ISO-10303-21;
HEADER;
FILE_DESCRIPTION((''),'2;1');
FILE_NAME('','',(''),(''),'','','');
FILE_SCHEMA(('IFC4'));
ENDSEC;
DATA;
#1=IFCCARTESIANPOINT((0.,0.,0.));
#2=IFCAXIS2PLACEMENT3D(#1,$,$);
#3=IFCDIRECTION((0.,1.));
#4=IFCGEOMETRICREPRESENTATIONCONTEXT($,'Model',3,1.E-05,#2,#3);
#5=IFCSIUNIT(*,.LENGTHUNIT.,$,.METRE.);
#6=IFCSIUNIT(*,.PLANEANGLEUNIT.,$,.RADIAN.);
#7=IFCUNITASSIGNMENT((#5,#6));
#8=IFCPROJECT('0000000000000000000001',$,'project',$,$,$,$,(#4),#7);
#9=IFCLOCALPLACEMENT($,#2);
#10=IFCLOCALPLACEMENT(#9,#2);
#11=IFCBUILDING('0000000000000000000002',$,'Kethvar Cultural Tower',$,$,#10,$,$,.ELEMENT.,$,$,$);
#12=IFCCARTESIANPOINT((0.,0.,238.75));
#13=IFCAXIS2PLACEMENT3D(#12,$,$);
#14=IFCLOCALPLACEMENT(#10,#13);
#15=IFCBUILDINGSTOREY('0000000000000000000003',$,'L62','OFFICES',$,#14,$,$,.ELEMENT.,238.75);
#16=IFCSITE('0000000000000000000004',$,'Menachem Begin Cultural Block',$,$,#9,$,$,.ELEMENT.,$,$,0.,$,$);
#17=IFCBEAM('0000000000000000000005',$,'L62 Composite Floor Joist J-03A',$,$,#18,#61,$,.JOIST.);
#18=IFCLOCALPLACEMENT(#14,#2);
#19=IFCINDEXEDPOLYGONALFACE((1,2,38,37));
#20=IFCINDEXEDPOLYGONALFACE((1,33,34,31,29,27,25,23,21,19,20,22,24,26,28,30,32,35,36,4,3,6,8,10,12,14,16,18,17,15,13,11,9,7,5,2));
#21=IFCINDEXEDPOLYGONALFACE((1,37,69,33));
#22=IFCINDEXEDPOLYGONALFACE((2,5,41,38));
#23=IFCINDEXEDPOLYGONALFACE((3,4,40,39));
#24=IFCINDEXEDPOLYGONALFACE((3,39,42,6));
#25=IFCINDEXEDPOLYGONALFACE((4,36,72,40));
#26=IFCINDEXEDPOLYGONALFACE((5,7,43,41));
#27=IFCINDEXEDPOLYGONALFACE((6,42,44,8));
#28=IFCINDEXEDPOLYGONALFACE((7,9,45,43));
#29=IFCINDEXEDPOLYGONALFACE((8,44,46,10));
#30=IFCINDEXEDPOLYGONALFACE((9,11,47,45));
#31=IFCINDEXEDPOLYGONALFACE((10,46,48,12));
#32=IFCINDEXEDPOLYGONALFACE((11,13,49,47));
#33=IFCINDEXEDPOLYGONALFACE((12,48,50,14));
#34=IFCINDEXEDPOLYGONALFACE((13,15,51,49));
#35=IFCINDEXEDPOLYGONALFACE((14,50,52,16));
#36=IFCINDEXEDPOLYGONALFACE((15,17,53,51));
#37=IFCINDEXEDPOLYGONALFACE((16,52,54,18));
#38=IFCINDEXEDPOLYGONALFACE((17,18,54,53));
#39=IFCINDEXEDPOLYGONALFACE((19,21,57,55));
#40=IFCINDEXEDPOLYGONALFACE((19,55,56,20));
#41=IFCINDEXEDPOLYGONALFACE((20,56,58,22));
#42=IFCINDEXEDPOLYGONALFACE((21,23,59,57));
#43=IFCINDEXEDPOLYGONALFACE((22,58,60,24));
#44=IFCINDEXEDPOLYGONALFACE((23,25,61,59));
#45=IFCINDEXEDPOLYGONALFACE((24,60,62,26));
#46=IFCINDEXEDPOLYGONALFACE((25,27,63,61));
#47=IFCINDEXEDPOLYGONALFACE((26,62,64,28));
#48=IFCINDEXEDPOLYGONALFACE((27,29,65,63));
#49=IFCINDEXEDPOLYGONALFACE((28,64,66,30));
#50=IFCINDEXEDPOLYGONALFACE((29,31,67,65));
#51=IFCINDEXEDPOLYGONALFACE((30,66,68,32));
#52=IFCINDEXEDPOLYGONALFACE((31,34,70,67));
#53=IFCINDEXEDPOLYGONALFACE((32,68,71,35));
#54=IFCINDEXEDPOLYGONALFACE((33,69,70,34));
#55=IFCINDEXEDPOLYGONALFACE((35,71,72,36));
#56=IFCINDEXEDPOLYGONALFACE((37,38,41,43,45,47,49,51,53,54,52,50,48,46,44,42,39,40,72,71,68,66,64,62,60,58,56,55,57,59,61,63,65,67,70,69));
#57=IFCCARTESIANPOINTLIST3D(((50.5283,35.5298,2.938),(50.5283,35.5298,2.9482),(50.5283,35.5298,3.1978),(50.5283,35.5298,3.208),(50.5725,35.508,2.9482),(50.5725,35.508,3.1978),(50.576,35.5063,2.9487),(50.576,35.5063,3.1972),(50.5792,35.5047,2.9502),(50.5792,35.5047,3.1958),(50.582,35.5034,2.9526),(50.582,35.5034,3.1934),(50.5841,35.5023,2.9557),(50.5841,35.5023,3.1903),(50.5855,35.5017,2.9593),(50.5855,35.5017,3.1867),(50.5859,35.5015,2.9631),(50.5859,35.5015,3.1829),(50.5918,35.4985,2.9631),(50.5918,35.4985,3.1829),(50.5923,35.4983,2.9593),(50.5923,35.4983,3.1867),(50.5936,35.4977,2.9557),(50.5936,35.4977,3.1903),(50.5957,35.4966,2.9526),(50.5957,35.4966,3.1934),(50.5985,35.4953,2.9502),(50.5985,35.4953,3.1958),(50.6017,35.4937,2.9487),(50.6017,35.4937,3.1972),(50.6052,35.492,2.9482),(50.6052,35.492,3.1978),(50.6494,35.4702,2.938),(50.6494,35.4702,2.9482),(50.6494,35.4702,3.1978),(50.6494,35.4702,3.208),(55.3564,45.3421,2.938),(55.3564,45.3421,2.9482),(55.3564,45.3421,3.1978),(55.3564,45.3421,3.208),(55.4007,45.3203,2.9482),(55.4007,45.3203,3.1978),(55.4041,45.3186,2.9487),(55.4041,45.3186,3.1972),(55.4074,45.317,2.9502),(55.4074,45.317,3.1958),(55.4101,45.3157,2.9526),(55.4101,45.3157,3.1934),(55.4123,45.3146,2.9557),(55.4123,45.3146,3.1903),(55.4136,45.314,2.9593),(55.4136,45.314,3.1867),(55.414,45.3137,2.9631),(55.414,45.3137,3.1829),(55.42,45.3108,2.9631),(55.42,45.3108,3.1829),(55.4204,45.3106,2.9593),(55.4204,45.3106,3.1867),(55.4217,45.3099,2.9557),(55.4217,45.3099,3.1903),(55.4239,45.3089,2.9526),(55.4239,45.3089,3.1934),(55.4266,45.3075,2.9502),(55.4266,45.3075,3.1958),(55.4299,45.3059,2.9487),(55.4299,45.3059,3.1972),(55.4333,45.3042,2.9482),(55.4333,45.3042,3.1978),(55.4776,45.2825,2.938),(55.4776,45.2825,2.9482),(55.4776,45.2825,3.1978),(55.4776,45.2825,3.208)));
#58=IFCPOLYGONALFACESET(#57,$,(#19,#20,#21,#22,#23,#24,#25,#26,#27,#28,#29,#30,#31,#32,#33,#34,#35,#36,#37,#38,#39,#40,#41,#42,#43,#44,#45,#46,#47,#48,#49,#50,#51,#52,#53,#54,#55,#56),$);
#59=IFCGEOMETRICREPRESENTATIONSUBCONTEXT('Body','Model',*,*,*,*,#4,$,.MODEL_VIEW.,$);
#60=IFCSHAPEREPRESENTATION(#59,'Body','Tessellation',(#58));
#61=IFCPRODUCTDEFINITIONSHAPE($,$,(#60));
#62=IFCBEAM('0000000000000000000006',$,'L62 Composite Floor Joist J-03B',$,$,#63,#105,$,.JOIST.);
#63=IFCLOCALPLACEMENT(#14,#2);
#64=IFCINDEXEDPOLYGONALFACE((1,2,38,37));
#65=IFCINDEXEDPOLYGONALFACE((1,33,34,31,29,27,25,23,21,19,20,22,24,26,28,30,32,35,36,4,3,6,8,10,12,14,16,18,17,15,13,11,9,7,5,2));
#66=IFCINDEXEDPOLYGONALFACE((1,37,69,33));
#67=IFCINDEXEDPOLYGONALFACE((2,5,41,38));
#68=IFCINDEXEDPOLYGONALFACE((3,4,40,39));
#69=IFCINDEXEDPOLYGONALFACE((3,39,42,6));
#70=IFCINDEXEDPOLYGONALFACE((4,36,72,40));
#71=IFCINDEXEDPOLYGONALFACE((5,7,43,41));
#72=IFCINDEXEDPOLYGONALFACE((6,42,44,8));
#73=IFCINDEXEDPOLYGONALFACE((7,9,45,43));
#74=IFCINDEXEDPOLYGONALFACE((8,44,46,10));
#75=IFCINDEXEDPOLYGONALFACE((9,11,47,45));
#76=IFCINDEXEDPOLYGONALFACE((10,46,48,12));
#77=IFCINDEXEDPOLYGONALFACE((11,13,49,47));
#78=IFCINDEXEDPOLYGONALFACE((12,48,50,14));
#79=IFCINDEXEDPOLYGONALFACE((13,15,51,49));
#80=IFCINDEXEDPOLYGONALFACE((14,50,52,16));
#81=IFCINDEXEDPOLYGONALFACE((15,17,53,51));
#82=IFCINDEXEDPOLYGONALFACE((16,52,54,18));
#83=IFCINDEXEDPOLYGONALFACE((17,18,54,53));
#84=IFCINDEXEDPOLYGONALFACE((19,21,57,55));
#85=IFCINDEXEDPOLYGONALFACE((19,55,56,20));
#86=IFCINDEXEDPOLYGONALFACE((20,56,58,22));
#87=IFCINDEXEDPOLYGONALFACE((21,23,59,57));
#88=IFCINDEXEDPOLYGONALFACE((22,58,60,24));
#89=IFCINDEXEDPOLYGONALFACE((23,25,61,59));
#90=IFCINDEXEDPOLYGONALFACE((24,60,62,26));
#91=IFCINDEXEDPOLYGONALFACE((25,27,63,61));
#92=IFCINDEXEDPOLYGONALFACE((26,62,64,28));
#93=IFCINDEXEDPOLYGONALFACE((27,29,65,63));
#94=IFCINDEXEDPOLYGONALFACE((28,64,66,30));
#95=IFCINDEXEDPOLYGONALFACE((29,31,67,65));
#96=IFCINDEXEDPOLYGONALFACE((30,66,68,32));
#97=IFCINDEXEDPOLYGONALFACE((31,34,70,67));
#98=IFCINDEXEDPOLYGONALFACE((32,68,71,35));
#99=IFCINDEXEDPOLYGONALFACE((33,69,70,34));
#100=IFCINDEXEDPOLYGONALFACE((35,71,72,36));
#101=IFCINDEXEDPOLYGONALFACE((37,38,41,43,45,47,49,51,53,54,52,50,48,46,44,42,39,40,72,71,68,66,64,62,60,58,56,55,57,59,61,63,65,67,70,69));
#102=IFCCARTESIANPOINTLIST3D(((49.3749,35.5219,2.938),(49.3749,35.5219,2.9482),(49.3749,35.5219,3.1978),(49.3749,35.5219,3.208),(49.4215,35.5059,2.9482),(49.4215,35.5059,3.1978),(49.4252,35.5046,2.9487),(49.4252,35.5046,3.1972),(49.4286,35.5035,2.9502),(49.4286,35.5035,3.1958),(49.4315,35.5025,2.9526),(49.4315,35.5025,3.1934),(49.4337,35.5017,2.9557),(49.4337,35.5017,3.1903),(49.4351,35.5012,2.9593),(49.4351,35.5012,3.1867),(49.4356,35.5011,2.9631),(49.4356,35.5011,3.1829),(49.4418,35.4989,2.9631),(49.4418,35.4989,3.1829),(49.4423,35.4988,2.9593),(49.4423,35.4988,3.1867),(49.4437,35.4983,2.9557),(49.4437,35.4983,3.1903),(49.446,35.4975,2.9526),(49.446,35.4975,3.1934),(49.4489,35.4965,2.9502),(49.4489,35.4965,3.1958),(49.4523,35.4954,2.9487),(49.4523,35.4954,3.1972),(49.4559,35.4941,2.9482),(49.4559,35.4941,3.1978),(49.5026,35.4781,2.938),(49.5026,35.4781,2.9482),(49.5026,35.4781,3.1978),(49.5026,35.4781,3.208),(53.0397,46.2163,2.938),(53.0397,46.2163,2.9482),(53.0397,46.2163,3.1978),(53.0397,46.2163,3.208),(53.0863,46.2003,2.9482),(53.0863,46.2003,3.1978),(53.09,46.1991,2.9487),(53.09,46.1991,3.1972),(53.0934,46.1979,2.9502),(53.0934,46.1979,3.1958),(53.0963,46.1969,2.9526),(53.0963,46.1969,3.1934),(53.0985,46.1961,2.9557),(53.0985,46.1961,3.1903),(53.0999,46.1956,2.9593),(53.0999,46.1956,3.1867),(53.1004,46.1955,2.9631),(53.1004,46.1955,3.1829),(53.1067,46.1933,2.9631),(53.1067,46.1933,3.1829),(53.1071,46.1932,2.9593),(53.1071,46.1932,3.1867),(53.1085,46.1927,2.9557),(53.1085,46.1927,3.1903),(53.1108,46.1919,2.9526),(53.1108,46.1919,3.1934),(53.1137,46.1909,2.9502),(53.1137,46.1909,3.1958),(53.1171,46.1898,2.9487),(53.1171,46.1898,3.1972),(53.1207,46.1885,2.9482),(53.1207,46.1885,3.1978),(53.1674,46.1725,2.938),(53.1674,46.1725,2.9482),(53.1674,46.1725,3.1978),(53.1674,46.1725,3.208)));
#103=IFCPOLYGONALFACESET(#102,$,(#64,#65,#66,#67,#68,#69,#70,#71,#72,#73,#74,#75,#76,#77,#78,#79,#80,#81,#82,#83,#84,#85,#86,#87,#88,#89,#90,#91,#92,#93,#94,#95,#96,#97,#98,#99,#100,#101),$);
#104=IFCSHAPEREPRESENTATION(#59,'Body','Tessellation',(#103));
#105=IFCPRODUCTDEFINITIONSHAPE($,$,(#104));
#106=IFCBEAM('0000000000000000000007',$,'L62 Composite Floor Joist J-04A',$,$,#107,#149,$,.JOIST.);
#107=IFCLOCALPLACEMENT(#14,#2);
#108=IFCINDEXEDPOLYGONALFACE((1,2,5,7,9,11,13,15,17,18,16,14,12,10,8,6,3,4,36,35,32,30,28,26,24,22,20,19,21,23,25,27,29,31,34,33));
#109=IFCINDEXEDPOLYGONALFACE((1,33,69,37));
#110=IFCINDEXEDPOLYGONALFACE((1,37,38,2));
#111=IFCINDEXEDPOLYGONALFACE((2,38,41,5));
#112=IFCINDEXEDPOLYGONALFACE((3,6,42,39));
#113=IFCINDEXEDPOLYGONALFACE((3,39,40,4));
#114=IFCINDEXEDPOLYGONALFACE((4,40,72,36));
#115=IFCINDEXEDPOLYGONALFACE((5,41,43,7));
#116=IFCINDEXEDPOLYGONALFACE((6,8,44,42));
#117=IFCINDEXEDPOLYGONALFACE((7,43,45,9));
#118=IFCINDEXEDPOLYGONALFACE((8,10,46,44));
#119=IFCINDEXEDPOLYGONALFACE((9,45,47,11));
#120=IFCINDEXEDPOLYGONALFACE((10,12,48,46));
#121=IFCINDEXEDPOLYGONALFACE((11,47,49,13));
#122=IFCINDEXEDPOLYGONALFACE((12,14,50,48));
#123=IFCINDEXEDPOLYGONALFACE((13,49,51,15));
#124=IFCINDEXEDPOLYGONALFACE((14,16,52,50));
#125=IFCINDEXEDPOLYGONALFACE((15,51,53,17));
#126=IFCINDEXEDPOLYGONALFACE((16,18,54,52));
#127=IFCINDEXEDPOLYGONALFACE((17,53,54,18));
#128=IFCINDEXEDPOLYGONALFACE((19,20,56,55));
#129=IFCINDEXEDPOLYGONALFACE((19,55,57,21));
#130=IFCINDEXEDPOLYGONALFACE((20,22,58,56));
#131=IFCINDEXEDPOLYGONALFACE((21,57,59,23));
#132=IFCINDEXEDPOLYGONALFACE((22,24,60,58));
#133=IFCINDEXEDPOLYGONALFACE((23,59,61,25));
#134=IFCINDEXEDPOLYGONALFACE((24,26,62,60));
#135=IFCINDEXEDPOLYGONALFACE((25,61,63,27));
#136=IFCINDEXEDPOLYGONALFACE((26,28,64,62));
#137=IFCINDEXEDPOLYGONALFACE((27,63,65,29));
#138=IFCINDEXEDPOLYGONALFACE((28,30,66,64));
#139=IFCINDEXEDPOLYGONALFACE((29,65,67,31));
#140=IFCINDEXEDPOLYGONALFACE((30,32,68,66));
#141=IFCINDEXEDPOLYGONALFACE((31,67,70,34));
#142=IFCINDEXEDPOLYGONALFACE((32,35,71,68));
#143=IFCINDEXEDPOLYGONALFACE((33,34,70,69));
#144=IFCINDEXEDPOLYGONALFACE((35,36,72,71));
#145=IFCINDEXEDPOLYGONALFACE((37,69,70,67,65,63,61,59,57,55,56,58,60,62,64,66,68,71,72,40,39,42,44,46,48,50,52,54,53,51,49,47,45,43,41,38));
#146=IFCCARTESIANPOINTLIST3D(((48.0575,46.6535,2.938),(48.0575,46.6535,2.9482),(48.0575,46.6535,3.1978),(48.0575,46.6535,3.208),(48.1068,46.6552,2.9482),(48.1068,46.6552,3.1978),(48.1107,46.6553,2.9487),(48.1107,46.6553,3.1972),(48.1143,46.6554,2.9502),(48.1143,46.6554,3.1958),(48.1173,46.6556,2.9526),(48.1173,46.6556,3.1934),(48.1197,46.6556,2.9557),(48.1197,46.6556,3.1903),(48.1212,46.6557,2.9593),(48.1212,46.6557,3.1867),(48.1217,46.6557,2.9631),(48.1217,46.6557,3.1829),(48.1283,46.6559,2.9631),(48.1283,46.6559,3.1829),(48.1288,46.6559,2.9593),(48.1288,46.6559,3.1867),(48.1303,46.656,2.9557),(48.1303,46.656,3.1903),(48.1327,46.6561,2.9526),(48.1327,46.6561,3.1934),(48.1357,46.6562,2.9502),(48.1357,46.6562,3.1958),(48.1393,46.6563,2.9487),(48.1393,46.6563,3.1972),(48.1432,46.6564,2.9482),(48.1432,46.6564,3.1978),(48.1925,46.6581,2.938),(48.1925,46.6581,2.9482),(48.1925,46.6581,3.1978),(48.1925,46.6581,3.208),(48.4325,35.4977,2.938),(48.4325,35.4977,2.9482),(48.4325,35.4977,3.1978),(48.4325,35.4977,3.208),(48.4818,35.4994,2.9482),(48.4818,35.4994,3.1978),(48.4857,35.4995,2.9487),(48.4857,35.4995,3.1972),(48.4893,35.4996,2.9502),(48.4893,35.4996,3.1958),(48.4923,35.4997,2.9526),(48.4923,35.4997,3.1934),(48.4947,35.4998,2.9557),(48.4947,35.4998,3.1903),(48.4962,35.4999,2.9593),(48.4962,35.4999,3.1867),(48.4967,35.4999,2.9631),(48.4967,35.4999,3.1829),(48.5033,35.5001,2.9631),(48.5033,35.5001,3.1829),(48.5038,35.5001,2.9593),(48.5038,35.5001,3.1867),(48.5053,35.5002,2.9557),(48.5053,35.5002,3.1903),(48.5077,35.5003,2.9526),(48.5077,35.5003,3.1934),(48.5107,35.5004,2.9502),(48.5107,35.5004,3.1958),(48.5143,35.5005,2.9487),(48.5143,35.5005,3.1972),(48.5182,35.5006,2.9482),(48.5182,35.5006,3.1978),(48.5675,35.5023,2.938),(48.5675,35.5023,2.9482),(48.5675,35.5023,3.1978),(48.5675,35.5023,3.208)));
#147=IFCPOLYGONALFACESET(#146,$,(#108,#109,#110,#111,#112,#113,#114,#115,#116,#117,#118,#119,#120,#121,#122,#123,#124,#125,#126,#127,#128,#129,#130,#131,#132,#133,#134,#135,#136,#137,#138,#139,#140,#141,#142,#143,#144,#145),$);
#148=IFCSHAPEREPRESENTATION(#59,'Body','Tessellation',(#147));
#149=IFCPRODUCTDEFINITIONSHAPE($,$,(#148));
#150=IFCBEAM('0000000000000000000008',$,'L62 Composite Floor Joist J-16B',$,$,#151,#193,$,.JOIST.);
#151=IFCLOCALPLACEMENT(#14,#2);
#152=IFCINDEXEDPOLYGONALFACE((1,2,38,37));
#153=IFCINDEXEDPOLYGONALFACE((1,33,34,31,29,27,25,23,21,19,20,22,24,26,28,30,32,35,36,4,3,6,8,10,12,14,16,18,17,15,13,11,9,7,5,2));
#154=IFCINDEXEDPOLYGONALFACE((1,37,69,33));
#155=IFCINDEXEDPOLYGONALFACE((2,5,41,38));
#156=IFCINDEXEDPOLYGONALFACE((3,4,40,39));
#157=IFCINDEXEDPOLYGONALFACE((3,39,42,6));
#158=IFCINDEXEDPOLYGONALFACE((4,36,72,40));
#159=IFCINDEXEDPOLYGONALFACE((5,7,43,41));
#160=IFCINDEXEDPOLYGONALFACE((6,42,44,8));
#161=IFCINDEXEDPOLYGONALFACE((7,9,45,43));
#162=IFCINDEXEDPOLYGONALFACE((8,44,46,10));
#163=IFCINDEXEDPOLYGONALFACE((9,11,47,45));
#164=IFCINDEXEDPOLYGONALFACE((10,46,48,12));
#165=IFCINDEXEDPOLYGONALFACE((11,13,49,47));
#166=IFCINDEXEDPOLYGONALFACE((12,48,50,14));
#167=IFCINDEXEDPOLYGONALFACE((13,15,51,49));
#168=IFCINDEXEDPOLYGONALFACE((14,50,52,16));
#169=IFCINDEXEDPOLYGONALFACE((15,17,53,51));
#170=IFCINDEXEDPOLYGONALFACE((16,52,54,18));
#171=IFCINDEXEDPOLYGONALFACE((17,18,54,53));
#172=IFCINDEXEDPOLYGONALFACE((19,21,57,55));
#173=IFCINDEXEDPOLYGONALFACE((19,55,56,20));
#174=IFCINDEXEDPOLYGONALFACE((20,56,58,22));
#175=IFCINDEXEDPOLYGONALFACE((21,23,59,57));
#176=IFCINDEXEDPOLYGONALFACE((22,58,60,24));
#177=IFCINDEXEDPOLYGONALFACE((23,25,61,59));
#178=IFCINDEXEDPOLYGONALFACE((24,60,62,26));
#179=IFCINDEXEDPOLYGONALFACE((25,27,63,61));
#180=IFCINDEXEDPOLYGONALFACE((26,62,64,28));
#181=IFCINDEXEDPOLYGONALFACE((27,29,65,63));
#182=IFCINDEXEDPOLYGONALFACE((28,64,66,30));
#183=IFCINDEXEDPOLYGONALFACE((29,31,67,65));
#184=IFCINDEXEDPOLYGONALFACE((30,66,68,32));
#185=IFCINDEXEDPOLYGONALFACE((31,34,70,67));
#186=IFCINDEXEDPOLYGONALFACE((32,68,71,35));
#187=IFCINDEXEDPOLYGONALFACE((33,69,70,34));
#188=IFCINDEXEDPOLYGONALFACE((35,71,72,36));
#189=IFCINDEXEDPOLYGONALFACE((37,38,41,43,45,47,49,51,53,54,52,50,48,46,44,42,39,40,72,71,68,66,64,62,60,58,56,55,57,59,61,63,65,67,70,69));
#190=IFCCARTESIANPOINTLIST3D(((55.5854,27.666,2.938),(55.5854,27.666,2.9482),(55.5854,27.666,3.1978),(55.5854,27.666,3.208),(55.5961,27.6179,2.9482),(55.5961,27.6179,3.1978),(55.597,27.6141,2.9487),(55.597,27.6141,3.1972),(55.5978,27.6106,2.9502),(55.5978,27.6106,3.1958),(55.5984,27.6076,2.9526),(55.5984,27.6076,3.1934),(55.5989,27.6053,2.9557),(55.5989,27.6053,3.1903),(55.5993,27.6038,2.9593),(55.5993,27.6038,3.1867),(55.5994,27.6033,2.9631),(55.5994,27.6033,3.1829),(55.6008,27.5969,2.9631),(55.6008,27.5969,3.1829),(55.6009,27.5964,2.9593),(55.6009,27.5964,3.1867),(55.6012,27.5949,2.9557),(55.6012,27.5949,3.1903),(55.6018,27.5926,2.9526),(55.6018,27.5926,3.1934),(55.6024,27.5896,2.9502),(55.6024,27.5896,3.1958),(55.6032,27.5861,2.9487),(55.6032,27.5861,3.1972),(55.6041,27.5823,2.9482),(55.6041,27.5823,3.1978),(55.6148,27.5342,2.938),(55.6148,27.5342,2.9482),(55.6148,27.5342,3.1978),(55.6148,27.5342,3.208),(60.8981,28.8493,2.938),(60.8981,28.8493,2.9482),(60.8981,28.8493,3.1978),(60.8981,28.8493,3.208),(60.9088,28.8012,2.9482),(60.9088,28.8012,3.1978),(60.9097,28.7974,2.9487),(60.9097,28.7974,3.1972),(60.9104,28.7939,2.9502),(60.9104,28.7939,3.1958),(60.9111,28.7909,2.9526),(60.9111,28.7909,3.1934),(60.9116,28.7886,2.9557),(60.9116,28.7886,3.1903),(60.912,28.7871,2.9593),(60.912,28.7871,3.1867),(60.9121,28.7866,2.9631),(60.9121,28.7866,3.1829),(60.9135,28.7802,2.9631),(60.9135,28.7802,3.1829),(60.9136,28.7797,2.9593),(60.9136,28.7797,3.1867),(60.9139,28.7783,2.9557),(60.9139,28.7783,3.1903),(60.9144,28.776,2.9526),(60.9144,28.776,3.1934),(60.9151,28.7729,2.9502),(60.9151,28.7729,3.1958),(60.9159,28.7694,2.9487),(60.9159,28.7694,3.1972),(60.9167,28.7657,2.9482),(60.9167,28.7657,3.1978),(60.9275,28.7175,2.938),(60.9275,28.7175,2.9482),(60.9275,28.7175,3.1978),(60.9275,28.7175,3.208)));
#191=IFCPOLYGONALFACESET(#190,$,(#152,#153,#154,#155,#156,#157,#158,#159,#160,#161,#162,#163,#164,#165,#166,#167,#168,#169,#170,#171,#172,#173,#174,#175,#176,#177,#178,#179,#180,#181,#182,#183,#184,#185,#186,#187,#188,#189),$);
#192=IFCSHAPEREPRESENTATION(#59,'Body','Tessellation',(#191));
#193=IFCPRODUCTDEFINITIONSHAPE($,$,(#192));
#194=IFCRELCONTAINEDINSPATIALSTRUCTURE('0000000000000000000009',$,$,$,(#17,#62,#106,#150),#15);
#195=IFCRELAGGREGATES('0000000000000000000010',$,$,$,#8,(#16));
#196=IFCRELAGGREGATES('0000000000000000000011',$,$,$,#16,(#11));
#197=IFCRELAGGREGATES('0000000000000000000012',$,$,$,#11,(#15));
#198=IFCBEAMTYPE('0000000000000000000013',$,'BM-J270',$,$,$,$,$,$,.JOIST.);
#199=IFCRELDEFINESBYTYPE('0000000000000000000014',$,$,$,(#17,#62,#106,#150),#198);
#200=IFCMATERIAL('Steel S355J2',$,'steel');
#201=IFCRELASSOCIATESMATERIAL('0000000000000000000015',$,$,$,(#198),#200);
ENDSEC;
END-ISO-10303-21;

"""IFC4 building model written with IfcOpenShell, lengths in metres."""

from ifc_helpers import new_model, si_unit, direction, frame, origin, origin_2d, place, context, subcontext, project, spatial, i_section, extrude, source, transform, mapped, material, material_profile, profile_set, type_object, element, save


model = new_model("IFC4")

# Units and contexts
model_context = context("Model", 3, precision=1e-05, world=origin(), true_north=direction((0.0, 1.0)))
body_context = subcontext(model_context, "Body", "Model", "MODEL_VIEW")
ifc_project = project(units=[si_unit("LENGTHUNIT", "METRE"), si_unit("PLANEANGLEUNIT", "RADIAN")], contexts=[model_context])

# Site, building, storey
site_placement = place(None, origin())
site = spatial("IfcSite", under=ifc_project, at=site_placement, Name="Menachem Begin Cultural Block", CompositionType="ELEMENT", RefElevation=0.0)
building_placement = place(site_placement, origin())
building = spatial("IfcBuilding", under=site, at=building_placement, Name="Kethvar Cultural Tower", CompositionType="ELEMENT")
storey_placement = place(building_placement, frame((0.0, 0.0, 238.75)))
storey = spatial("IfcBuildingStorey", under=building, at=storey_placement, Name="L62", Description="OFFICES", CompositionType="ELEMENT", Elevation=238.75)

# Beams
ifc_material_1 = material(Name="Steel S355J2", Category="steel")
ifc_material_profile_1 = material_profile(ifc_material_1, i_section(OverallWidth=0.135, OverallDepth=0.27, WebThickness=0.0066, FlangeThickness=0.0103, FilletRadius=0.0149, at=origin_2d()), Name="Steel S355J2 — IPE270")
ifc_profile_set_1 = profile_set([ifc_material_profile_1], Name="Steel S355J2 — IPE270")
beam_type_1 = type_object("IfcBeamType", Name="BM-J270", PredefinedType="JOIST", material=ifc_profile_set_1)
shared_shape_1 = source(origin(), body_context, "Body", "SweptSolid", [
    extrude(i_section(OverallWidth=0.135, OverallDepth=0.27, WebThickness=0.0066, FlangeThickness=0.0103, FilletRadius=0.0149, at=origin_2d()), origin(), (0.0, 0.0, 1.0), 10.9358),
])
beam_1_placement = place(storey_placement, frame((50.5889, 35.5, 3.073), z_axis=(0.441498, 0.897262, 0.0), x_axis=(-0.897262, 0.441498, 0.0)))
element("IfcBeam", 1, at=beam_1_placement, inside=storey, type_object=beam_type_1, Name="L62 Composite Floor Joist J-03A", PredefinedType="JOIST", context=body_context, shape_type="MappedRepresentation", body=[
    mapped(shared_shape_1, transform((0.0, 0.0, 0.0), scale=1.0)),
])
shared_shape_2 = source(origin(), body_context, "Body", "SweptSolid", [
    extrude(i_section(OverallWidth=0.135, OverallDepth=0.27, WebThickness=0.0066, FlangeThickness=0.0103, FilletRadius=0.0149, at=origin_2d()), origin(), (0.0, 0.0, 1.0), 11.3049),
])
beam_2_placement = place(storey_placement, frame((49.4387, 35.5, 3.073), z_axis=(0.324179, 0.945996, 0.0), x_axis=(-0.945996, 0.324179, 0.0)))
element("IfcBeam", 2, at=beam_2_placement, inside=storey, type_object=beam_type_1, Name="L62 Composite Floor Joist J-03B", PredefinedType="JOIST", context=body_context, shape_type="MappedRepresentation", body=[
    mapped(shared_shape_2, transform((0.0, 0.0, 0.0), scale=1.0)),
])
shared_shape_3 = source(origin(), body_context, "Body", "SweptSolid", [
    extrude(i_section(OverallWidth=0.135, OverallDepth=0.27, WebThickness=0.0066, FlangeThickness=0.0103, FilletRadius=0.0149, at=origin_2d()), origin(), (0.0, 0.0, 1.0), 11.1621),
])
beam_3_placement = place(storey_placement, frame((48.5, 35.5, 3.073), z_axis=(-0.033596, 0.999435, 0.0), x_axis=(-0.999435, -0.033596, 0.0)))
element("IfcBeam", 3, at=beam_3_placement, inside=storey, type_object=beam_type_1, Name="L62 Composite Floor Joist J-04A", PredefinedType="JOIST", context=body_context, shape_type="MappedRepresentation", body=[
    mapped(shared_shape_3, transform((0.0, 0.0, 0.0), scale=1.0)),
])
shared_shape_4 = source(origin(), body_context, "Body", "SweptSolid", [
    extrude(i_section(OverallWidth=0.135, OverallDepth=0.27, WebThickness=0.0066, FlangeThickness=0.0103, FilletRadius=0.0149, at=origin_2d()), origin(), (0.0, 0.0, 1.0), 5.4429),
])
beam_4_placement = place(storey_placement, frame((55.6001, 27.6001, 3.073), z_axis=(0.97608, 0.21741, 0.0), x_axis=(-0.21741, 0.97608, 0.0)))
element("IfcBeam", 4, at=beam_4_placement, inside=storey, type_object=beam_type_1, Name="L62 Composite Floor Joist J-16B", PredefinedType="JOIST", context=body_context, shape_type="MappedRepresentation", body=[
    mapped(shared_shape_4, transform((0.0, 0.0, 0.0), scale=1.0)),
])

save(model, "model.ifc")
